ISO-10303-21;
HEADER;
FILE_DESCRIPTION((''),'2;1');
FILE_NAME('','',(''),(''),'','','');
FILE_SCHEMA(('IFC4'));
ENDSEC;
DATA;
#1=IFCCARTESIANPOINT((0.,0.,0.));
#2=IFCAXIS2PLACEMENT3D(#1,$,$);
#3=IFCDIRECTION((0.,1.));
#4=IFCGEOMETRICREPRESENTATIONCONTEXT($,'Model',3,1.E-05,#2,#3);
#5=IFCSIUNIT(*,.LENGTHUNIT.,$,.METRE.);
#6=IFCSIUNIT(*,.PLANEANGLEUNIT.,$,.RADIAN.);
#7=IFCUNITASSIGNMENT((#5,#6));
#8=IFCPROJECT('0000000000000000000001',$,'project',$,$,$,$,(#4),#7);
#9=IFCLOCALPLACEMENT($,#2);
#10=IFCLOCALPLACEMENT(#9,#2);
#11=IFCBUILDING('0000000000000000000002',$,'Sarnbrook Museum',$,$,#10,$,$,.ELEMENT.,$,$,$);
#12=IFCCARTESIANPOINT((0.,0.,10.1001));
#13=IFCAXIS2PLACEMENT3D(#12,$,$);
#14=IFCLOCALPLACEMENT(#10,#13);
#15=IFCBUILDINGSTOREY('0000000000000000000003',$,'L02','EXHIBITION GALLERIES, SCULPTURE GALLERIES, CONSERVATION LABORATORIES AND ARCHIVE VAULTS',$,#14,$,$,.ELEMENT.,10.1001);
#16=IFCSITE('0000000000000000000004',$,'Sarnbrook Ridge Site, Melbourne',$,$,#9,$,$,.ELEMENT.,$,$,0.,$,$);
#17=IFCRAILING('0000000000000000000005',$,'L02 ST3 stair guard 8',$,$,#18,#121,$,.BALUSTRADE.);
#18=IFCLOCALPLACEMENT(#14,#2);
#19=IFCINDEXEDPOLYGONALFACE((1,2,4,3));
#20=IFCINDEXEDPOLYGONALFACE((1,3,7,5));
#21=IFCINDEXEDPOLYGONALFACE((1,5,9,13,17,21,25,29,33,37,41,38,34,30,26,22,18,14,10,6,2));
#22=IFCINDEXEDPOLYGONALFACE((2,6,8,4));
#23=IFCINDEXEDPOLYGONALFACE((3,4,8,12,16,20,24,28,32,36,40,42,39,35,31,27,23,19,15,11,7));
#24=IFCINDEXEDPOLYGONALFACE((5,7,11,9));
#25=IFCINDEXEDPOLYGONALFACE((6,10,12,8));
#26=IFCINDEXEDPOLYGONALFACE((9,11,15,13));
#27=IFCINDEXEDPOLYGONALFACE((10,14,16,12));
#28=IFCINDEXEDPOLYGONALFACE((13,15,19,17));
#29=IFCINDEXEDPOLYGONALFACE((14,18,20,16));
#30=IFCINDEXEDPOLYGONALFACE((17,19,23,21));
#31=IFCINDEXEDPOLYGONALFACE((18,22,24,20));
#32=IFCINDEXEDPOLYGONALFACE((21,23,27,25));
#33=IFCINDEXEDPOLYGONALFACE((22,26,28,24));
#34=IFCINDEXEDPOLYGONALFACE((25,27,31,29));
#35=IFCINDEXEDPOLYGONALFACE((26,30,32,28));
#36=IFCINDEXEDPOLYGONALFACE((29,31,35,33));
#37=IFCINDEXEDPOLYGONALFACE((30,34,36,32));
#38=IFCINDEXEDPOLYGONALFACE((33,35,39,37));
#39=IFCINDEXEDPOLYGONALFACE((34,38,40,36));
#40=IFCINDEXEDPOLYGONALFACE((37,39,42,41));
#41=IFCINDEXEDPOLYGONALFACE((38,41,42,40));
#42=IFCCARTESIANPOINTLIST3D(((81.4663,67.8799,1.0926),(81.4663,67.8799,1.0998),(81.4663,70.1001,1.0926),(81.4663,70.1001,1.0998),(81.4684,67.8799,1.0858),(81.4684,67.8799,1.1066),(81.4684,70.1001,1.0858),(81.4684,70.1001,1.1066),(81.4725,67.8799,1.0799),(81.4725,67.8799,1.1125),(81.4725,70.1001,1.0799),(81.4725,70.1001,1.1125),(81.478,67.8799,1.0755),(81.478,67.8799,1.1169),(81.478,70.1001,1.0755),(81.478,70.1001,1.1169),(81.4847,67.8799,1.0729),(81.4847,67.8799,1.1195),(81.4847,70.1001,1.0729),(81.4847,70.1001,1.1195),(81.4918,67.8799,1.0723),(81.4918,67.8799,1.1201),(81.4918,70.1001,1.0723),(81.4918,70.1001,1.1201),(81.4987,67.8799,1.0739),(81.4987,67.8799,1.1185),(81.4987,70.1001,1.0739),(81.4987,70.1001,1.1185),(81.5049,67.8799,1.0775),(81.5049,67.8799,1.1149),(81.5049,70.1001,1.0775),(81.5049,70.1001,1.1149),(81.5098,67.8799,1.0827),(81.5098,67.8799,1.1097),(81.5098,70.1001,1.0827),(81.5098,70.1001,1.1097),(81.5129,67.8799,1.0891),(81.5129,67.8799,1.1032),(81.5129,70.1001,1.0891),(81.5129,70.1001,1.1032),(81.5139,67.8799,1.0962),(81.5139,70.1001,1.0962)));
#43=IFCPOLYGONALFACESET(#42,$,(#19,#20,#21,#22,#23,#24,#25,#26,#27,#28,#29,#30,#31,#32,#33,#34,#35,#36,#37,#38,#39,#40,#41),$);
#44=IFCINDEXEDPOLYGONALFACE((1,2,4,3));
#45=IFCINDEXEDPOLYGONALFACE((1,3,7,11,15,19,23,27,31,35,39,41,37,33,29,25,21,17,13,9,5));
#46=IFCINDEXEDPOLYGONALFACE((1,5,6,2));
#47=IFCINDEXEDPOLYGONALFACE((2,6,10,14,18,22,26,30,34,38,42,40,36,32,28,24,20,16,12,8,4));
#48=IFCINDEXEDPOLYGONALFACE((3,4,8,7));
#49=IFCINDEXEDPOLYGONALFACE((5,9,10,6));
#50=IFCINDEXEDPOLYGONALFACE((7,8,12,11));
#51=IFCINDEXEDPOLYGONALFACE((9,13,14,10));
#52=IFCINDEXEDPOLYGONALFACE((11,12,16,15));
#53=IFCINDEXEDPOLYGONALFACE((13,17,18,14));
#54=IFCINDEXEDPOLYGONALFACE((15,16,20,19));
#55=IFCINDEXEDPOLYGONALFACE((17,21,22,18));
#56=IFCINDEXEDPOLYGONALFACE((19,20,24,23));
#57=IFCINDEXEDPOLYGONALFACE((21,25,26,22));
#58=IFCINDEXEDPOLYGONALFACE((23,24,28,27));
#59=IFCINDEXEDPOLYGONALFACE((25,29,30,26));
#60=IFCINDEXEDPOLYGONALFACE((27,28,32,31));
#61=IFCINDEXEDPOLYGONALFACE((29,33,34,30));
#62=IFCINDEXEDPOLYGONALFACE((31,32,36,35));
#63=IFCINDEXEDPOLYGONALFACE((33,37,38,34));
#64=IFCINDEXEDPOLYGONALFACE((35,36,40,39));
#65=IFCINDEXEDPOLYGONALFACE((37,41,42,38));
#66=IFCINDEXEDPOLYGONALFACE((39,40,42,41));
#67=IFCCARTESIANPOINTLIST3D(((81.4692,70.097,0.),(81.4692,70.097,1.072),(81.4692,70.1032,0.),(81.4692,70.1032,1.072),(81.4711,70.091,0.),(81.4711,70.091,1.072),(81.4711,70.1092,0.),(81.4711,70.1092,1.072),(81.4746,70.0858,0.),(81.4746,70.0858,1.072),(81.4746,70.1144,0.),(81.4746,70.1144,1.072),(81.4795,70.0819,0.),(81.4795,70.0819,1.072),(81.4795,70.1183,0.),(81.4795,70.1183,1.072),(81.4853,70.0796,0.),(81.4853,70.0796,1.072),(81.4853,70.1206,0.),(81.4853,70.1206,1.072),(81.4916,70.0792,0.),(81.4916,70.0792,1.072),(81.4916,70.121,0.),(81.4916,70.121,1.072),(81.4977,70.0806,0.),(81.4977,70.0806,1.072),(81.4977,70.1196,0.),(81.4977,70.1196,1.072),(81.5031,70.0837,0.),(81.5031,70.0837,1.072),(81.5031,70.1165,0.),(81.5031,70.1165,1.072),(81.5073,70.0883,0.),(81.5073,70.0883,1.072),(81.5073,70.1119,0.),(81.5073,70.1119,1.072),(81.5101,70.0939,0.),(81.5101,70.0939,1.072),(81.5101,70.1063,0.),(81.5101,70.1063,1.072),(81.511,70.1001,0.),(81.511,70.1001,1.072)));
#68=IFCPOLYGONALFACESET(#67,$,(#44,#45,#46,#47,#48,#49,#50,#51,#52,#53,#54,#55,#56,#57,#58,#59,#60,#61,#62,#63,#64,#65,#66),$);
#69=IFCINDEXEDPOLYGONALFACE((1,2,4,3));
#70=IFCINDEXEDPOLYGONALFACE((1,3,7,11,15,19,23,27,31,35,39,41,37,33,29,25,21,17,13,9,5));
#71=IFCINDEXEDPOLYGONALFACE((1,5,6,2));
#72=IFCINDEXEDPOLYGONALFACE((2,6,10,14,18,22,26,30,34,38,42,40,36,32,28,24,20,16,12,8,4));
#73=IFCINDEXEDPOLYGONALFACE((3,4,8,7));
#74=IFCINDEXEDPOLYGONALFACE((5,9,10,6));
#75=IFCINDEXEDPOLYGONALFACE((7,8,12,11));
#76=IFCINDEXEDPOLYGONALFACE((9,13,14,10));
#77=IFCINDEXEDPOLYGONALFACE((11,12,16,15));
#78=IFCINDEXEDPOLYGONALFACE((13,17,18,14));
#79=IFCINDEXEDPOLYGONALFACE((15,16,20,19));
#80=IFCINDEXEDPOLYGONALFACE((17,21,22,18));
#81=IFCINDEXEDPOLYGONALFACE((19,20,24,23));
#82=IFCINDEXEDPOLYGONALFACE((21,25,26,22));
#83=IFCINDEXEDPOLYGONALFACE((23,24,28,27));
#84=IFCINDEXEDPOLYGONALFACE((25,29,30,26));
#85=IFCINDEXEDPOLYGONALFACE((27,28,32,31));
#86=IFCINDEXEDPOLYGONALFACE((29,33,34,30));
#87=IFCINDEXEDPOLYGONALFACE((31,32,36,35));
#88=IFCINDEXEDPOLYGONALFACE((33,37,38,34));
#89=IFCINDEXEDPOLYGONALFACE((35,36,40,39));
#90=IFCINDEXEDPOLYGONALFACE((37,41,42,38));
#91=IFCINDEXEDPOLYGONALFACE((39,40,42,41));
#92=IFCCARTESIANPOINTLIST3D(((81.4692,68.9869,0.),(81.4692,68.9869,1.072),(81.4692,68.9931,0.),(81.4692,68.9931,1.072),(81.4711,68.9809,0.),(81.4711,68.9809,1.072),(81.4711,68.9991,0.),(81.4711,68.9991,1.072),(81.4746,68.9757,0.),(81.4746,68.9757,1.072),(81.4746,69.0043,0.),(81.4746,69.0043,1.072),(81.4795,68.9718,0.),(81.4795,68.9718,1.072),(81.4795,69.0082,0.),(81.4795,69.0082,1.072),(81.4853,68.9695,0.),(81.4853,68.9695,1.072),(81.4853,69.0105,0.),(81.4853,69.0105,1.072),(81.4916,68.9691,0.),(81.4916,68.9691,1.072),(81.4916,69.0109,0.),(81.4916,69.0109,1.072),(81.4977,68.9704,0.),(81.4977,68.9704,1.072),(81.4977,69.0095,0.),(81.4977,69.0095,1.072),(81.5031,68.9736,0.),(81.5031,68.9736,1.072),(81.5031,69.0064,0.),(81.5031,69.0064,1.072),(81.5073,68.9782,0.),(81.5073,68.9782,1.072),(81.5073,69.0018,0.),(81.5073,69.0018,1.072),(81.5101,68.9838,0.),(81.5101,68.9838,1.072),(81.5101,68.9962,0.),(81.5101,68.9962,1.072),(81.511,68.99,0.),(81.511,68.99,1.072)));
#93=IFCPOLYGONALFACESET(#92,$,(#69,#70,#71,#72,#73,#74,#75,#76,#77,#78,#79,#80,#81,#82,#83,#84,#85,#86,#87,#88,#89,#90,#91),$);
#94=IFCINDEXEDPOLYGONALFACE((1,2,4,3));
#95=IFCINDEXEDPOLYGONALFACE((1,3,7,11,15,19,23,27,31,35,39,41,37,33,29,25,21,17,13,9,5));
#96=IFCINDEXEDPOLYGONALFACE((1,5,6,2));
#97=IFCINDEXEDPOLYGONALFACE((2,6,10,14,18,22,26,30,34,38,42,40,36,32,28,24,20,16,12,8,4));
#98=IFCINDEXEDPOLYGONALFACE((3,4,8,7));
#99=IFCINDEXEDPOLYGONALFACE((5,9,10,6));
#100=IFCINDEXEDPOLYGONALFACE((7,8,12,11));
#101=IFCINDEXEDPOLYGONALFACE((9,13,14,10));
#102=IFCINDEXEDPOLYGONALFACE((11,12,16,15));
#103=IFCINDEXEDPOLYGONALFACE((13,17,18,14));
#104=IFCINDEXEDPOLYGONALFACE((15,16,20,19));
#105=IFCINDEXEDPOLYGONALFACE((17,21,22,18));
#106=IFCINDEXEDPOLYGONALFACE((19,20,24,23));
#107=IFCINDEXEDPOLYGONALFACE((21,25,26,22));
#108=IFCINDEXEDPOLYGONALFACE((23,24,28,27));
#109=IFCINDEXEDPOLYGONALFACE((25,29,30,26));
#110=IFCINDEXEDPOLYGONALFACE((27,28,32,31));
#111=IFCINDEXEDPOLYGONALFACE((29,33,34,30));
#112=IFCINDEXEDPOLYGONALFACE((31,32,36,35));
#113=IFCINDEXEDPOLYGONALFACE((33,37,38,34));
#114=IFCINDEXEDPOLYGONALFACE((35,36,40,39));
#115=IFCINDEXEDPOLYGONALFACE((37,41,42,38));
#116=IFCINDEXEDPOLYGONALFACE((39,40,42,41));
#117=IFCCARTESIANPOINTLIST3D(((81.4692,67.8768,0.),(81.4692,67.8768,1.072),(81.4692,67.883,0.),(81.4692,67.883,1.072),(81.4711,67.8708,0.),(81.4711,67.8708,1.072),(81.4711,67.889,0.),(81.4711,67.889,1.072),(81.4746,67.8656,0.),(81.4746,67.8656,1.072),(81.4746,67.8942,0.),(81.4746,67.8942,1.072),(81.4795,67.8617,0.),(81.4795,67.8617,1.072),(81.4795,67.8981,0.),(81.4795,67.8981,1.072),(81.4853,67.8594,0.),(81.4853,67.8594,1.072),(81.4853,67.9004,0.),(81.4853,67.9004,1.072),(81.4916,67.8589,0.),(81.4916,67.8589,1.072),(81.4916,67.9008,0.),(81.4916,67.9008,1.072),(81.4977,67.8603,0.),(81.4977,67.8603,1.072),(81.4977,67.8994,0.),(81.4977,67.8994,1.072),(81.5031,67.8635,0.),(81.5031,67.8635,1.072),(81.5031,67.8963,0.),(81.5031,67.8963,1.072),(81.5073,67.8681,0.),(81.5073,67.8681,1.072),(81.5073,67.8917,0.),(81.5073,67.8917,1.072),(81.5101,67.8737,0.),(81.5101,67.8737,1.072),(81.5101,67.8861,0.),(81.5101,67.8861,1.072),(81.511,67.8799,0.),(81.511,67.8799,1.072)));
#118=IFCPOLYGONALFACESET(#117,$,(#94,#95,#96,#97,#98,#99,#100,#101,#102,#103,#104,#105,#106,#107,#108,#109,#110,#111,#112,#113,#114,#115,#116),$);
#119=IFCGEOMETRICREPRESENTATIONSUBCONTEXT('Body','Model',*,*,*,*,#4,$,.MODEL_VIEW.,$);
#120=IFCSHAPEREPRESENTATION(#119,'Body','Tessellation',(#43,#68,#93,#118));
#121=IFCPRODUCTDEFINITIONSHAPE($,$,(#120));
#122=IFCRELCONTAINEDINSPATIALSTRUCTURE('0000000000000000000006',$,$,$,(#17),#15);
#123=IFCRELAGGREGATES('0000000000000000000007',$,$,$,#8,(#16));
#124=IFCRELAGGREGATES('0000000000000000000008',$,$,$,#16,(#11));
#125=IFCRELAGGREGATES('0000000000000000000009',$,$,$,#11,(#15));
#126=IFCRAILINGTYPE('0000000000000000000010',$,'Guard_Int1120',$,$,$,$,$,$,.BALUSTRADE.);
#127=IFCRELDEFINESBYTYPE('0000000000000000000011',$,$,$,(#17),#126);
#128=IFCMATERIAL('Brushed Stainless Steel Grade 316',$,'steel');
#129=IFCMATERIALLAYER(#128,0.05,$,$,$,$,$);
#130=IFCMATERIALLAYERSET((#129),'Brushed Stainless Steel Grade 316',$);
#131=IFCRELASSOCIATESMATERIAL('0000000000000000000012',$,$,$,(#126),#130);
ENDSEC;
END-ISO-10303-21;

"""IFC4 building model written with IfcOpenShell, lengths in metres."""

from ifc_helpers import new_model, si_unit, direction, frame, origin, origin_2d, place, context, subcontext, project, spatial, circle, extrude, material, layer, layer_set, type_object, element, save


model = new_model("IFC4")

# Units and contexts
model_context = context("Model", 3, precision=1e-05, world=origin(), true_north=direction((0.0, 1.0)))
body_context = subcontext(model_context, "Body", "Model", "MODEL_VIEW")
ifc_project = project(units=[si_unit("LENGTHUNIT", "METRE"), si_unit("PLANEANGLEUNIT", "RADIAN")], contexts=[model_context])

# Site, building, storey
site_placement = place(None, origin())
site = spatial("IfcSite", under=ifc_project, at=site_placement, Name="Sarnbrook Ridge Site, Melbourne", CompositionType="ELEMENT", RefElevation=0.0)
building_placement = place(site_placement, origin())
building = spatial("IfcBuilding", under=site, at=building_placement, Name="Sarnbrook Museum", CompositionType="ELEMENT")
storey_placement = place(building_placement, frame((0.0, 0.0, 10.1001)))
storey = spatial("IfcBuildingStorey", under=building, at=storey_placement, Name="L02", Description="EXHIBITION GALLERIES, SCULPTURE GALLERIES, CONSERVATION LABORATORIES AND ARCHIVE VAULTS", CompositionType="ELEMENT", Elevation=10.1001)

# Shared definitions
ifc_material_1 = material(Name="Brushed Stainless Steel Grade 316", Category="steel")

# Railing
ifc_layer_1 = layer(ifc_material_1, 0.05)
ifc_layer_set_1 = layer_set([ifc_layer_1], Name="Brushed Stainless Steel Grade 316")
railing_type = type_object("IfcRailingType", Name="Guard_Int1120", PredefinedType="BALUSTRADE", material=ifc_layer_set_1)
for number, where, name in (
    (1, (81.49, 70.1001, 0.0), "L02 ST3 stair guard 8"),
):
    element("IfcRailing", number, at=place(storey_placement, frame(where)), inside=storey, type_object=railing_type, Name=name, PredefinedType="BALUSTRADE", context=body_context, shape_type="SweptSolid", body=[
        extrude(circle(Radius=0.0239, at=origin_2d()), frame((0.0, 0.0, 1.0962), z_axis=(0.0, -1.0, 0.0), x_axis=(1.0, 0.0, 0.0)), (0.0, 0.0, 1.0), 2.2202),
        extrude(circle(Radius=0.021, at=origin_2d()), origin(), (0.0, 0.0, 1.0), 1.072),
        extrude(circle(Radius=0.021, at=origin_2d()), frame((0.0, -1.1101, 0.0)), (0.0, 0.0, 1.0), 1.072),
        extrude(circle(Radius=0.021, at=origin_2d()), frame((0.0, -2.2202, 0.0)), (0.0, 0.0, 1.0), 1.072),
    ])

save(model, "model.ifc")
